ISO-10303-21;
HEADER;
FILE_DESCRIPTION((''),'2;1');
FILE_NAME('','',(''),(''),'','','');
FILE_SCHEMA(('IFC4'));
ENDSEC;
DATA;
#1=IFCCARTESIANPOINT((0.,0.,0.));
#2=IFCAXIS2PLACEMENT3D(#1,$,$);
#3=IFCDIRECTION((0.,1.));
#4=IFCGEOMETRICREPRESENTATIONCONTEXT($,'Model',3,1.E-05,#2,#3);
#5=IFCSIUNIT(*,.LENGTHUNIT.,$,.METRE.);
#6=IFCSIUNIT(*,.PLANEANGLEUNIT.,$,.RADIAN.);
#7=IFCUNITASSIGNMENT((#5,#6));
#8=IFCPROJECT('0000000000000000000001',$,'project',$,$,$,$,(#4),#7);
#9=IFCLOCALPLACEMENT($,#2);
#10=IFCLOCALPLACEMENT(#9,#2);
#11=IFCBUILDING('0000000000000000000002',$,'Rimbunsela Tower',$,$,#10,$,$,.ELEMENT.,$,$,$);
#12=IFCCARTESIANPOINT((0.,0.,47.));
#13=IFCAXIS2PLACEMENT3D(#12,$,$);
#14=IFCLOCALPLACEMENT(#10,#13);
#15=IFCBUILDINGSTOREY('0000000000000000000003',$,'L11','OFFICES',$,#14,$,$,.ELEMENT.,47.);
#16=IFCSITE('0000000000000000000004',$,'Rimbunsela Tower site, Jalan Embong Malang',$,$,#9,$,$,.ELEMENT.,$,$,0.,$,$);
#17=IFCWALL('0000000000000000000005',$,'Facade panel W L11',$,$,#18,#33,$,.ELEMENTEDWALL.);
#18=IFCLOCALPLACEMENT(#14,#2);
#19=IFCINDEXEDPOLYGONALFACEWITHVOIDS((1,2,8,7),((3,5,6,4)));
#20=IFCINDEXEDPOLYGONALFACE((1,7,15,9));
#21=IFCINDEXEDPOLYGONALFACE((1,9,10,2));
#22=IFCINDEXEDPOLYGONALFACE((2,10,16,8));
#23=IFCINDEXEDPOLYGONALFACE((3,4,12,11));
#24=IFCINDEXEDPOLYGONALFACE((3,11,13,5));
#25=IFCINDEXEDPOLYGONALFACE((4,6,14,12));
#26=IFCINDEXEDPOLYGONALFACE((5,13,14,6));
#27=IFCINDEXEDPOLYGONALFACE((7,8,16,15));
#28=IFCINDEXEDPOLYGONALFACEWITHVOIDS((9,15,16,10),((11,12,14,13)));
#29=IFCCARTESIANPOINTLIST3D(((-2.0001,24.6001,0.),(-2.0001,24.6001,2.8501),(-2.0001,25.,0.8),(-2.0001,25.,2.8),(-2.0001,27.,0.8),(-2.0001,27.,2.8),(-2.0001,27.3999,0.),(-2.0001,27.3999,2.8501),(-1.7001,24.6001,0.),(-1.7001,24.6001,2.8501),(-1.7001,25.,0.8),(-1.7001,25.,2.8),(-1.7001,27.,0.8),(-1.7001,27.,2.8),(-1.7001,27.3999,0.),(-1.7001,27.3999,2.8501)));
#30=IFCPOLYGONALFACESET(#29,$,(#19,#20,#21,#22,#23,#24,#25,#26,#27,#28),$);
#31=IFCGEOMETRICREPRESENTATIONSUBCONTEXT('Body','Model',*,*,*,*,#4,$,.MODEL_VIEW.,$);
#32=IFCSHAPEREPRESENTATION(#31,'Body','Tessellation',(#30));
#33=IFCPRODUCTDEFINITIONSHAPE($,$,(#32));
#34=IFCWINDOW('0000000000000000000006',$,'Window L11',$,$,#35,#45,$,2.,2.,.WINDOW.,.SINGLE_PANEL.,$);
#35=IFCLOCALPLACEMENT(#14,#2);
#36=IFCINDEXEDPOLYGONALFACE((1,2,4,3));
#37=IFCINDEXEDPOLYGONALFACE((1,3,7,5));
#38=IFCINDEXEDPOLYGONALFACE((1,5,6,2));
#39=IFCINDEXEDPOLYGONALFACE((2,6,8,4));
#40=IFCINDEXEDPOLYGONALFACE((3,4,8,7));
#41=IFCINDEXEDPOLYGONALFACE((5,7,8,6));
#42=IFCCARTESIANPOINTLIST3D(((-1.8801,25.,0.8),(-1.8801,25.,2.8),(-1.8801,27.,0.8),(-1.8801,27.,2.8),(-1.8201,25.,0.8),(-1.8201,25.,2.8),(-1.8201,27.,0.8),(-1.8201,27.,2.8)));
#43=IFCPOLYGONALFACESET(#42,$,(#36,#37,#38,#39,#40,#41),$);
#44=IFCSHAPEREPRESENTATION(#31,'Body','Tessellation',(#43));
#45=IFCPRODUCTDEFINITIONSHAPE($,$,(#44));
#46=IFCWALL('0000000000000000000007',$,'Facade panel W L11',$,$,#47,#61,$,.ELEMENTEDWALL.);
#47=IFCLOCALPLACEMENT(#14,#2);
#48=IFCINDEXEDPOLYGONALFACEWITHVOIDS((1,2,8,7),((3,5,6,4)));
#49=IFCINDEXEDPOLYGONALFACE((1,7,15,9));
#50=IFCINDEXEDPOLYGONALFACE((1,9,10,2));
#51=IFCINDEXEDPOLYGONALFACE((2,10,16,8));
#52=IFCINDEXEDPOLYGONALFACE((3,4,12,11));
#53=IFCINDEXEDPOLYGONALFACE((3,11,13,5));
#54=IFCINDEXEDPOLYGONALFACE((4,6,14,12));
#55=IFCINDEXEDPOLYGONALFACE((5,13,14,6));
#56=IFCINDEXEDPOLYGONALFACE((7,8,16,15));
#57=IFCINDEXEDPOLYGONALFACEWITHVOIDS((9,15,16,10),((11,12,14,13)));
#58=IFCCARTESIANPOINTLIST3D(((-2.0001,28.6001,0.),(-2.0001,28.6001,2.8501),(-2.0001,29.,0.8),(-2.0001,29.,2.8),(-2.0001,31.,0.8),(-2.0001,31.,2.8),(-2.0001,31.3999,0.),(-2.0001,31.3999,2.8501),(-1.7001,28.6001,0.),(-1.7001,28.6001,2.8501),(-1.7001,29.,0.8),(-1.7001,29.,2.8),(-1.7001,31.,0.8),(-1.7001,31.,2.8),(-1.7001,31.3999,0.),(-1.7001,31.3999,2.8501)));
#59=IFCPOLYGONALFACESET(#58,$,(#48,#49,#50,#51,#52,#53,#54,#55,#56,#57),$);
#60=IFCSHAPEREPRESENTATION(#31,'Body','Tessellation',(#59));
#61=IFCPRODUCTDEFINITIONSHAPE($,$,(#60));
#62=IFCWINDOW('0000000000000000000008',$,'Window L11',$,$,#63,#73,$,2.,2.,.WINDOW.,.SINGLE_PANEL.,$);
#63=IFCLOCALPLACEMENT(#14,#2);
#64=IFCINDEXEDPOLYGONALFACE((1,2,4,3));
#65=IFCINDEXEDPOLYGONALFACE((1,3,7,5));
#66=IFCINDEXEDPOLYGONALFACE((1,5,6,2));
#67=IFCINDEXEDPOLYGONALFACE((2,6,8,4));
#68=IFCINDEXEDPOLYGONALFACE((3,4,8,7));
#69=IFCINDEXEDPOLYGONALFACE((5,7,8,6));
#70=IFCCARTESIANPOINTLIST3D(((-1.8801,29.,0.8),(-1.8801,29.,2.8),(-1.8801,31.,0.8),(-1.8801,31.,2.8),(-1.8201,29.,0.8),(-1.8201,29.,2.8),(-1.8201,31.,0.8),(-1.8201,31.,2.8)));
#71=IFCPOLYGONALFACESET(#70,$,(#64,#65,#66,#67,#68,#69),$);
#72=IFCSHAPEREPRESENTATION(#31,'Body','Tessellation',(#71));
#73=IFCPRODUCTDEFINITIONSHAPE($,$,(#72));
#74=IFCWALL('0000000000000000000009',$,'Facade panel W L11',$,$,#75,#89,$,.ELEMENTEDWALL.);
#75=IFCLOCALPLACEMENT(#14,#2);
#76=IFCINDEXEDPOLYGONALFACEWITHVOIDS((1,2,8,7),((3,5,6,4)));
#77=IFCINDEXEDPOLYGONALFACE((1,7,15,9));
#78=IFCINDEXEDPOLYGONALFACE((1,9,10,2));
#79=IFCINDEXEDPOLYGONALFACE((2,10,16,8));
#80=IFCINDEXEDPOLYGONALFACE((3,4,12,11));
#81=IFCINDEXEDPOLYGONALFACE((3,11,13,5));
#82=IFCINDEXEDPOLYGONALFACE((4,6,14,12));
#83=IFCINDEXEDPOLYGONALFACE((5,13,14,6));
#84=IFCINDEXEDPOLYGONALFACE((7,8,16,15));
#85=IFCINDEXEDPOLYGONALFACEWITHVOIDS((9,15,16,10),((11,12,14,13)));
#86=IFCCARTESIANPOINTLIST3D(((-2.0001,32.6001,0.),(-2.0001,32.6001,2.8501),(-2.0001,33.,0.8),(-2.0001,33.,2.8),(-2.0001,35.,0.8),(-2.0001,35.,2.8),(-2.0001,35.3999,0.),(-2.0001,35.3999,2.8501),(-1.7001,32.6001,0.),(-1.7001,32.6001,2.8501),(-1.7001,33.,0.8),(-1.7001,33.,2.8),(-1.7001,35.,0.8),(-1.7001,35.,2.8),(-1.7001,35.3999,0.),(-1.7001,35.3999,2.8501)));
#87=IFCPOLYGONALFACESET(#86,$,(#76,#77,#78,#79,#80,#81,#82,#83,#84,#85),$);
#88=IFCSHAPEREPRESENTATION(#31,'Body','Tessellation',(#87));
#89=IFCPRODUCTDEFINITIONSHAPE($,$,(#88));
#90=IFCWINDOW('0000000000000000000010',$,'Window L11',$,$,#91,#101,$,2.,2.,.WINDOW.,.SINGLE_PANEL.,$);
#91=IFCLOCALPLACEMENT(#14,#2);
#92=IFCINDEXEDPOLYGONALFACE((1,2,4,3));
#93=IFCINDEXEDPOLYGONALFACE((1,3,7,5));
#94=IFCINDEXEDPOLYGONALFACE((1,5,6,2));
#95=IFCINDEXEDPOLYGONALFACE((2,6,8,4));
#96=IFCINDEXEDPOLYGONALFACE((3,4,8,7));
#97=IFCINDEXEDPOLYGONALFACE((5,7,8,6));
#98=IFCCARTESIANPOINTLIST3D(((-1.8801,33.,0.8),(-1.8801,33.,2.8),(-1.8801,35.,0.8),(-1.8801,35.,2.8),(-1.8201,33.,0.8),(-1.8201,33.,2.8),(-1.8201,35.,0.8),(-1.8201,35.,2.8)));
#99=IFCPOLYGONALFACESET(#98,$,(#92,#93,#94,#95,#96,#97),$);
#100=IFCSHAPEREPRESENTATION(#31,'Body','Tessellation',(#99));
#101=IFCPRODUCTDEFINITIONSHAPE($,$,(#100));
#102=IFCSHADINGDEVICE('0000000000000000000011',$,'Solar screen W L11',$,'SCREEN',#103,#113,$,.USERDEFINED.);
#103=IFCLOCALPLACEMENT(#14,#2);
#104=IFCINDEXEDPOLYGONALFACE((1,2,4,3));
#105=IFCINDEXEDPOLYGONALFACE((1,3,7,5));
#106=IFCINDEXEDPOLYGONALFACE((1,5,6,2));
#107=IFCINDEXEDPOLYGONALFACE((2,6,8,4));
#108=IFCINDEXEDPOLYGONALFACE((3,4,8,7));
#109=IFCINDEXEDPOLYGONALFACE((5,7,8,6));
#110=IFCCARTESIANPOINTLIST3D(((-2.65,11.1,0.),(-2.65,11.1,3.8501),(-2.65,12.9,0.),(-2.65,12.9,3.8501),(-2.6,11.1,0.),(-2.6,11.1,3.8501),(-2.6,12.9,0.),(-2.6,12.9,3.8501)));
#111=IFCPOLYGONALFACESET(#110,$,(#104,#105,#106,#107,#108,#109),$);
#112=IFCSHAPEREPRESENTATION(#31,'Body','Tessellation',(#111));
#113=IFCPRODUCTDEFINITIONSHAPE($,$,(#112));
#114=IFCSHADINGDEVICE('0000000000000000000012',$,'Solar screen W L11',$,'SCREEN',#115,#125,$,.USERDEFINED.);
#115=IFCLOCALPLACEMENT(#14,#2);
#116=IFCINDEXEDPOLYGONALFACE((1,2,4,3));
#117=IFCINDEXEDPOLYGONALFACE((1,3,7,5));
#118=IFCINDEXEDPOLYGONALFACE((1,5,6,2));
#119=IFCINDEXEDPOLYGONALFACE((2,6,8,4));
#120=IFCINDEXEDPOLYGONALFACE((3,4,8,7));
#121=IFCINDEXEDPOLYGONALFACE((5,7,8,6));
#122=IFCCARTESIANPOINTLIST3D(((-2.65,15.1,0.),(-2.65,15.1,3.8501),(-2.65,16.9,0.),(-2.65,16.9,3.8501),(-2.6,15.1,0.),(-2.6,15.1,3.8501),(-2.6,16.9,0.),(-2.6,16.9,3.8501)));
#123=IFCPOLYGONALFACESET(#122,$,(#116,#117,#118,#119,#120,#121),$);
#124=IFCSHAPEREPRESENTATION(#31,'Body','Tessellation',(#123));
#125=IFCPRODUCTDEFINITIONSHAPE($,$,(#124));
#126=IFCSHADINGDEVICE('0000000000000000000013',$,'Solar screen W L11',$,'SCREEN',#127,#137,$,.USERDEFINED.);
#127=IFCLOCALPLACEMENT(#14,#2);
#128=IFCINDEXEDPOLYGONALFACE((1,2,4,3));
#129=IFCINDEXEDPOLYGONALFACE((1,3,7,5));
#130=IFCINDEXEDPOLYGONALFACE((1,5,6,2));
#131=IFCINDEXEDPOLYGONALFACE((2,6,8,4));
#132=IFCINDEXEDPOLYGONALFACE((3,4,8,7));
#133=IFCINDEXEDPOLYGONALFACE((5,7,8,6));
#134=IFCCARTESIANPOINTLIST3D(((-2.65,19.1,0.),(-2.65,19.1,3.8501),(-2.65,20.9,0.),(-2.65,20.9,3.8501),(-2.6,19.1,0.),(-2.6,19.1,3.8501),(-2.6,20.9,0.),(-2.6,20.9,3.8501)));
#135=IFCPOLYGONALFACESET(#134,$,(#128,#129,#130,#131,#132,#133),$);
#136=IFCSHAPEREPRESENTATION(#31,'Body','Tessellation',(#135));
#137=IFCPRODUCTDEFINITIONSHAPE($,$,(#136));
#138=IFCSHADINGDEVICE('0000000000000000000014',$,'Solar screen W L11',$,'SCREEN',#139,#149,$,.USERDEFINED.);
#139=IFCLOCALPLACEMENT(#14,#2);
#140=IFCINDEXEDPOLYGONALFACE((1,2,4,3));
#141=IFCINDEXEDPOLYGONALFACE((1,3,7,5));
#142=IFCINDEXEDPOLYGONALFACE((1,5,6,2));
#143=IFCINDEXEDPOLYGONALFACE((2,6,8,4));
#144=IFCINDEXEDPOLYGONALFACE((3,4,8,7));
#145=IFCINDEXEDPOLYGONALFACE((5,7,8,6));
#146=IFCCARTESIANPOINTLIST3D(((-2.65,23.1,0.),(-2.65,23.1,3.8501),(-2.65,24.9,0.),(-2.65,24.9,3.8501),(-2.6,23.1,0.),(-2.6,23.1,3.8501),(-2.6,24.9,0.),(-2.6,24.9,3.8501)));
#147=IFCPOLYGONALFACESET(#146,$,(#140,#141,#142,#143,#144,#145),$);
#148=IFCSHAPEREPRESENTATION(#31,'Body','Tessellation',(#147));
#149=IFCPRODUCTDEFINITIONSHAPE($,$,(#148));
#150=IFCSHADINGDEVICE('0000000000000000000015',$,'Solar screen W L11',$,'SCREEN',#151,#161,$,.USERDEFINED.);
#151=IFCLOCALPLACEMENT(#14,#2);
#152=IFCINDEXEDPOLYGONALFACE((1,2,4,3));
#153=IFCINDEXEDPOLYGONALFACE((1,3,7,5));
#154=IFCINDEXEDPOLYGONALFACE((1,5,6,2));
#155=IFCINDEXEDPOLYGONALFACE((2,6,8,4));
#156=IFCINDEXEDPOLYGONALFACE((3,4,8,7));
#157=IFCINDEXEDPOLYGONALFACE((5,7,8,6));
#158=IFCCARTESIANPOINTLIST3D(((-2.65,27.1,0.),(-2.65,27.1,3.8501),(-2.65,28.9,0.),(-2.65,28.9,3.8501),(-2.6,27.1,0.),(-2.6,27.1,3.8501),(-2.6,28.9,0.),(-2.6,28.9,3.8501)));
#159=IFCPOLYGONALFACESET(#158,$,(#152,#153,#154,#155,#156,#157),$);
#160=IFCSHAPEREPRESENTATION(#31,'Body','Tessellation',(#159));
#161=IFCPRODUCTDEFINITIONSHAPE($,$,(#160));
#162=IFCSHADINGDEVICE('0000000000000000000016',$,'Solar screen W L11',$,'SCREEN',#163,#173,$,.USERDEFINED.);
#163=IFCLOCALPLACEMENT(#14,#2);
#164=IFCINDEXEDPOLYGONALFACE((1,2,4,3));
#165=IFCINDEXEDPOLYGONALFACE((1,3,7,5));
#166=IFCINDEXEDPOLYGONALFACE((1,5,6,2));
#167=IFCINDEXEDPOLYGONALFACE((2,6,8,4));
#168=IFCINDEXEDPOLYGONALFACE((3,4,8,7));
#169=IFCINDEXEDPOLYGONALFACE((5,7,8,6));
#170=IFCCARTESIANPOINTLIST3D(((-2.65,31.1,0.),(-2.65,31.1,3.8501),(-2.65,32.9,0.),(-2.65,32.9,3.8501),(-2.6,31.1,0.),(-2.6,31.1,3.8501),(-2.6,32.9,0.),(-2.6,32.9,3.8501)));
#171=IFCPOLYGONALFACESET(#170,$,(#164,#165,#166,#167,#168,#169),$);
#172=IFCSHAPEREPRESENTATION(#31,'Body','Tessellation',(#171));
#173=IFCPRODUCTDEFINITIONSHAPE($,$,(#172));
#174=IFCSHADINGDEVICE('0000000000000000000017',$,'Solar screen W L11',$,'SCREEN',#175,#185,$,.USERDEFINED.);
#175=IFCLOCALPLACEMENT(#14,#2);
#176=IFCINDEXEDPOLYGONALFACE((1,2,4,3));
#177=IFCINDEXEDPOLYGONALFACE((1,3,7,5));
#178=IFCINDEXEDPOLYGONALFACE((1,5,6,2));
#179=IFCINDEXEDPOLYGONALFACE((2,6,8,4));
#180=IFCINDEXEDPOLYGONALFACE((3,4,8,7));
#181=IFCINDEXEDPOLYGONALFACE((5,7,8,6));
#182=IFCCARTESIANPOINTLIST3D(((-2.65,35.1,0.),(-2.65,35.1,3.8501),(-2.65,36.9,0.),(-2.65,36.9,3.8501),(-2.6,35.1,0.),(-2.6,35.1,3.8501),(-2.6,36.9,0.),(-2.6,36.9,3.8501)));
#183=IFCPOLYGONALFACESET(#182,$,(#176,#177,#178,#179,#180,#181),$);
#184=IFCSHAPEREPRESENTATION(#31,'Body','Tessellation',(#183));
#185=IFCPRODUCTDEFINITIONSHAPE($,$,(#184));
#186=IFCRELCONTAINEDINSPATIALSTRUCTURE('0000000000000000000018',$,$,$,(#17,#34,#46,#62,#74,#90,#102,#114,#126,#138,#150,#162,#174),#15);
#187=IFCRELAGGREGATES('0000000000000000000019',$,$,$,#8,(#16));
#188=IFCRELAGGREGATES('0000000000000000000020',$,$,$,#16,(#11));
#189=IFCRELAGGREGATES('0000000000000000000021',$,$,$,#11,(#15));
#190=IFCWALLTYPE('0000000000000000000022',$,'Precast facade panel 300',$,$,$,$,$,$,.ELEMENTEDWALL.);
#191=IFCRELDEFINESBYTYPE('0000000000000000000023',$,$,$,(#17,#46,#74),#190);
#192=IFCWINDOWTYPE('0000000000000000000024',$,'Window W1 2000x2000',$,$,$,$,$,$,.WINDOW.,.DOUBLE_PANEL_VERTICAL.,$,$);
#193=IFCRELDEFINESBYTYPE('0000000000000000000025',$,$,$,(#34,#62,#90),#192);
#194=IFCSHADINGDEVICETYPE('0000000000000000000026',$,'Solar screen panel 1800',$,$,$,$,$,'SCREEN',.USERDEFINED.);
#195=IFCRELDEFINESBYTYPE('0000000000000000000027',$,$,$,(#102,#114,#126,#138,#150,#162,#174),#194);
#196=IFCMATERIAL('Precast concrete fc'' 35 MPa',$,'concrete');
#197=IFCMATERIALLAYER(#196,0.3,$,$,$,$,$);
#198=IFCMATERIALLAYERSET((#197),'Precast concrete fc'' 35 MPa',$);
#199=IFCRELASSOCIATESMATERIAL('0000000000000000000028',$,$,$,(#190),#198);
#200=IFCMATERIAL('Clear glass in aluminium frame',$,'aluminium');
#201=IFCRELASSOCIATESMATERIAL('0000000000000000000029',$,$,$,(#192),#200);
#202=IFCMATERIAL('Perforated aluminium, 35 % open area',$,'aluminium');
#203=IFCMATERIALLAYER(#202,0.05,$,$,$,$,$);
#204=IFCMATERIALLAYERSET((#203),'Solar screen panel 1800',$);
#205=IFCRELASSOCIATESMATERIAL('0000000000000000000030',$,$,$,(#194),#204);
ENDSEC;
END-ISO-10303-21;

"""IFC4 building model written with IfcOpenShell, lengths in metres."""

from ifc_helpers import new_model, si_unit, direction, frame, frame_2d, origin, origin_2d, place, context, subcontext, project, spatial, rectangle, extrude, material, layer, layer_set, type_object, element, fill, save


model = new_model("IFC4")

# Units and contexts
model_context = context("Model", 3, precision=1e-05, world=origin(), true_north=direction((0.0, 1.0)))
body_context = subcontext(model_context, "Body", "Model", "MODEL_VIEW")
ifc_project = project(units=[si_unit("LENGTHUNIT", "METRE"), si_unit("PLANEANGLEUNIT", "RADIAN")], contexts=[model_context])

# Site, building, storey
site_placement = place(None, origin())
site = spatial("IfcSite", under=ifc_project, at=site_placement, Name="Rimbunsela Tower site, Jalan Embong Malang", CompositionType="ELEMENT", RefElevation=0.0)
building_placement = place(site_placement, origin())
building = spatial("IfcBuilding", under=site, at=building_placement, Name="Rimbunsela Tower", CompositionType="ELEMENT")
storey_placement = place(building_placement, frame((0.0, 0.0, 47.0)))
storey = spatial("IfcBuildingStorey", under=building, at=storey_placement, Name="L11", Description="OFFICES", CompositionType="ELEMENT", Elevation=47.0)

# Walls, openings, windows
ifc_material_1 = material(Name="Precast concrete fc' 35 MPa", Category="concrete")
ifc_layer_1 = layer(ifc_material_1, 0.3)
ifc_layer_set_1 = layer_set([ifc_layer_1], Name="Precast concrete fc' 35 MPa")
wall_type = type_object("IfcWallType", Name="Precast facade panel 300", PredefinedType="ELEMENTEDWALL", material=ifc_layer_set_1)
ifc_material_2 = material(Name="Clear glass in aluminium frame", Category="aluminium")
window_type = type_object("IfcWindowType", Name="Window W1 2000x2000", PartitioningType="DOUBLE_PANEL_VERTICAL", PredefinedType="WINDOW", material=ifc_material_2)
wall_1_placement = place(storey_placement, frame((-1.8501, 27.3999, 0.0), z_axis=(0.0, 0.0, 1.0), x_axis=(0.0, -1.0, 0.0)))
wall_1 = element("IfcWall", 1, at=wall_1_placement, inside=storey, type_object=wall_type, Name="Facade panel W L11", PredefinedType="ELEMENTEDWALL", context=body_context, shape_type="SweptSolid", body=[
    extrude(rectangle(XDim=2.7998, YDim=0.3, at=frame_2d((1.3999, 0.0))), origin(), (0.0, 0.0, 1.0), 2.8501),
])
opening_1_placement = place(wall_1_placement, frame((0.3999, 0.0, 0.8)))
opening_1 = element("IfcOpeningElement", 2, at=opening_1_placement, cuts=wall_1, PredefinedType="OPENING", context=body_context, shape_type="SweptSolid", body=[
    extrude(rectangle(XDim=2.0, YDim=2.0, at=frame_2d((1.0, 1.0))), frame((0.0, 0.1599, 0.0), z_axis=(0.0, -1.0, 0.0), x_axis=(1.0, 0.0, 0.0)), (0.0, 0.0, 1.0), 0.3201),
])
window_1_placement = place(opening_1_placement, origin())
window_1 = element("IfcWindow", 3, at=window_1_placement, inside=storey, type_object=window_type, Name="Window L11", OverallHeight=2.0, OverallWidth=2.0, PartitioningType="SINGLE_PANEL", PredefinedType="WINDOW", context=body_context, shape_type="SweptSolid", body=[
    extrude(rectangle(XDim=2.0, YDim=2.0, at=frame_2d((1.0, 1.0))), frame((0.0, 0.03, 0.0), z_axis=(0.0, -1.0, 0.0), x_axis=(1.0, 0.0, 0.0)), (0.0, 0.0, 1.0), 0.0601),
])
fill(opening_1, window_1)
wall_2_placement = place(storey_placement, frame((-1.8501, 31.3999, 0.0), z_axis=(0.0, 0.0, 1.0), x_axis=(0.0, -1.0, 0.0)))
wall_2 = element("IfcWall", 4, at=wall_2_placement, inside=storey, type_object=wall_type, Name="Facade panel W L11", PredefinedType="ELEMENTEDWALL", context=body_context, shape_type="SweptSolid", body=[
    extrude(rectangle(XDim=2.7998, YDim=0.3, at=frame_2d((1.3999, 0.0))), origin(), (0.0, 0.0, 1.0), 2.8501),
])
opening_2_placement = place(wall_2_placement, frame((0.3999, 0.0, 0.8)))
opening_2 = element("IfcOpeningElement", 5, at=opening_2_placement, cuts=wall_2, PredefinedType="OPENING", context=body_context, shape_type="SweptSolid", body=[
    extrude(rectangle(XDim=2.0, YDim=2.0, at=frame_2d((1.0, 1.0))), frame((0.0, 0.1599, 0.0), z_axis=(0.0, -1.0, 0.0), x_axis=(1.0, 0.0, 0.0)), (0.0, 0.0, 1.0), 0.3201),
])
window_2_placement = place(opening_2_placement, origin())
window_2 = element("IfcWindow", 6, at=window_2_placement, inside=storey, type_object=window_type, Name="Window L11", OverallHeight=2.0, OverallWidth=2.0, PartitioningType="SINGLE_PANEL", PredefinedType="WINDOW", context=body_context, shape_type="SweptSolid", body=[
    extrude(rectangle(XDim=2.0, YDim=2.0, at=frame_2d((1.0, 1.0))), frame((0.0, 0.03, 0.0), z_axis=(0.0, -1.0, 0.0), x_axis=(1.0, 0.0, 0.0)), (0.0, 0.0, 1.0), 0.0601),
])
fill(opening_2, window_2)
wall_3_placement = place(storey_placement, frame((-1.8501, 35.3999, 0.0), z_axis=(0.0, 0.0, 1.0), x_axis=(0.0, -1.0, 0.0)))
wall_3 = element("IfcWall", 7, at=wall_3_placement, inside=storey, type_object=wall_type, Name="Facade panel W L11", PredefinedType="ELEMENTEDWALL", context=body_context, shape_type="SweptSolid", body=[
    extrude(rectangle(XDim=2.7998, YDim=0.3, at=frame_2d((1.3999, 0.0))), origin(), (0.0, 0.0, 1.0), 2.8501),
])
opening_3_placement = place(wall_3_placement, frame((0.3999, 0.0, 0.8)))
opening_3 = element("IfcOpeningElement", 8, at=opening_3_placement, cuts=wall_3, PredefinedType="OPENING", context=body_context, shape_type="SweptSolid", body=[
    extrude(rectangle(XDim=2.0, YDim=2.0, at=frame_2d((1.0, 1.0))), frame((0.0, 0.1599, 0.0), z_axis=(0.0, -1.0, 0.0), x_axis=(1.0, 0.0, 0.0)), (0.0, 0.0, 1.0), 0.3201),
])
window_3_placement = place(opening_3_placement, origin())
window_3 = element("IfcWindow", 9, at=window_3_placement, inside=storey, type_object=window_type, Name="Window L11", OverallHeight=2.0, OverallWidth=2.0, PartitioningType="SINGLE_PANEL", PredefinedType="WINDOW", context=body_context, shape_type="SweptSolid", body=[
    extrude(rectangle(XDim=2.0, YDim=2.0, at=frame_2d((1.0, 1.0))), frame((0.0, 0.03, 0.0), z_axis=(0.0, -1.0, 0.0), x_axis=(1.0, 0.0, 0.0)), (0.0, 0.0, 1.0), 0.0601),
])
fill(opening_3, window_3)

# Shading devices
ifc_material_3 = material(Name="Perforated aluminium, 35 % open area", Category="aluminium")
ifc_layer_2 = layer(ifc_material_3, 0.05)
ifc_layer_set_2 = layer_set([ifc_layer_2], Name="Solar screen panel 1800")
shading_device_type = type_object("IfcShadingDeviceType", Name="Solar screen panel 1800", ElementType="SCREEN", PredefinedType="USERDEFINED", material=ifc_layer_set_2)
for number, where, z_axis, x_axis, name in (
    (10, (-2.625, 12.0, 0.0), (0.0, 0.0, 1.0), (0.0, 1.0, 0.0), "Solar screen W L11"),
    (11, (-2.625, 16.0, 0.0), (0.0, 0.0, 1.0), (0.0, 1.0, 0.0), "Solar screen W L11"),
    (12, (-2.625, 20.0, 0.0), (0.0, 0.0, 1.0), (0.0, 1.0, 0.0), "Solar screen W L11"),
    (13, (-2.625, 24.0, 0.0), (0.0, 0.0, 1.0), (0.0, 1.0, 0.0), "Solar screen W L11"),
    (14, (-2.625, 28.0, 0.0), (0.0, 0.0, 1.0), (0.0, 1.0, 0.0), "Solar screen W L11"),
    (15, (-2.625, 32.0, 0.0), (0.0, 0.0, 1.0), (0.0, 1.0, 0.0), "Solar screen W L11"),
    (16, (-2.625, 36.0, 0.0), (0.0, 0.0, 1.0), (0.0, 1.0, 0.0), "Solar screen W L11"),
):
    element("IfcShadingDevice", number, at=place(storey_placement, frame(where, z_axis=z_axis, x_axis=x_axis)), inside=storey, type_object=shading_device_type, Name=name, ObjectType="SCREEN", PredefinedType="USERDEFINED", context=body_context, shape_type="SweptSolid", body=[
        extrude(rectangle(XDim=1.8, YDim=0.05, at=origin_2d()), origin(), (0.0, 0.0, 1.0), 3.8501),
    ])

save(model, "model.ifc")
